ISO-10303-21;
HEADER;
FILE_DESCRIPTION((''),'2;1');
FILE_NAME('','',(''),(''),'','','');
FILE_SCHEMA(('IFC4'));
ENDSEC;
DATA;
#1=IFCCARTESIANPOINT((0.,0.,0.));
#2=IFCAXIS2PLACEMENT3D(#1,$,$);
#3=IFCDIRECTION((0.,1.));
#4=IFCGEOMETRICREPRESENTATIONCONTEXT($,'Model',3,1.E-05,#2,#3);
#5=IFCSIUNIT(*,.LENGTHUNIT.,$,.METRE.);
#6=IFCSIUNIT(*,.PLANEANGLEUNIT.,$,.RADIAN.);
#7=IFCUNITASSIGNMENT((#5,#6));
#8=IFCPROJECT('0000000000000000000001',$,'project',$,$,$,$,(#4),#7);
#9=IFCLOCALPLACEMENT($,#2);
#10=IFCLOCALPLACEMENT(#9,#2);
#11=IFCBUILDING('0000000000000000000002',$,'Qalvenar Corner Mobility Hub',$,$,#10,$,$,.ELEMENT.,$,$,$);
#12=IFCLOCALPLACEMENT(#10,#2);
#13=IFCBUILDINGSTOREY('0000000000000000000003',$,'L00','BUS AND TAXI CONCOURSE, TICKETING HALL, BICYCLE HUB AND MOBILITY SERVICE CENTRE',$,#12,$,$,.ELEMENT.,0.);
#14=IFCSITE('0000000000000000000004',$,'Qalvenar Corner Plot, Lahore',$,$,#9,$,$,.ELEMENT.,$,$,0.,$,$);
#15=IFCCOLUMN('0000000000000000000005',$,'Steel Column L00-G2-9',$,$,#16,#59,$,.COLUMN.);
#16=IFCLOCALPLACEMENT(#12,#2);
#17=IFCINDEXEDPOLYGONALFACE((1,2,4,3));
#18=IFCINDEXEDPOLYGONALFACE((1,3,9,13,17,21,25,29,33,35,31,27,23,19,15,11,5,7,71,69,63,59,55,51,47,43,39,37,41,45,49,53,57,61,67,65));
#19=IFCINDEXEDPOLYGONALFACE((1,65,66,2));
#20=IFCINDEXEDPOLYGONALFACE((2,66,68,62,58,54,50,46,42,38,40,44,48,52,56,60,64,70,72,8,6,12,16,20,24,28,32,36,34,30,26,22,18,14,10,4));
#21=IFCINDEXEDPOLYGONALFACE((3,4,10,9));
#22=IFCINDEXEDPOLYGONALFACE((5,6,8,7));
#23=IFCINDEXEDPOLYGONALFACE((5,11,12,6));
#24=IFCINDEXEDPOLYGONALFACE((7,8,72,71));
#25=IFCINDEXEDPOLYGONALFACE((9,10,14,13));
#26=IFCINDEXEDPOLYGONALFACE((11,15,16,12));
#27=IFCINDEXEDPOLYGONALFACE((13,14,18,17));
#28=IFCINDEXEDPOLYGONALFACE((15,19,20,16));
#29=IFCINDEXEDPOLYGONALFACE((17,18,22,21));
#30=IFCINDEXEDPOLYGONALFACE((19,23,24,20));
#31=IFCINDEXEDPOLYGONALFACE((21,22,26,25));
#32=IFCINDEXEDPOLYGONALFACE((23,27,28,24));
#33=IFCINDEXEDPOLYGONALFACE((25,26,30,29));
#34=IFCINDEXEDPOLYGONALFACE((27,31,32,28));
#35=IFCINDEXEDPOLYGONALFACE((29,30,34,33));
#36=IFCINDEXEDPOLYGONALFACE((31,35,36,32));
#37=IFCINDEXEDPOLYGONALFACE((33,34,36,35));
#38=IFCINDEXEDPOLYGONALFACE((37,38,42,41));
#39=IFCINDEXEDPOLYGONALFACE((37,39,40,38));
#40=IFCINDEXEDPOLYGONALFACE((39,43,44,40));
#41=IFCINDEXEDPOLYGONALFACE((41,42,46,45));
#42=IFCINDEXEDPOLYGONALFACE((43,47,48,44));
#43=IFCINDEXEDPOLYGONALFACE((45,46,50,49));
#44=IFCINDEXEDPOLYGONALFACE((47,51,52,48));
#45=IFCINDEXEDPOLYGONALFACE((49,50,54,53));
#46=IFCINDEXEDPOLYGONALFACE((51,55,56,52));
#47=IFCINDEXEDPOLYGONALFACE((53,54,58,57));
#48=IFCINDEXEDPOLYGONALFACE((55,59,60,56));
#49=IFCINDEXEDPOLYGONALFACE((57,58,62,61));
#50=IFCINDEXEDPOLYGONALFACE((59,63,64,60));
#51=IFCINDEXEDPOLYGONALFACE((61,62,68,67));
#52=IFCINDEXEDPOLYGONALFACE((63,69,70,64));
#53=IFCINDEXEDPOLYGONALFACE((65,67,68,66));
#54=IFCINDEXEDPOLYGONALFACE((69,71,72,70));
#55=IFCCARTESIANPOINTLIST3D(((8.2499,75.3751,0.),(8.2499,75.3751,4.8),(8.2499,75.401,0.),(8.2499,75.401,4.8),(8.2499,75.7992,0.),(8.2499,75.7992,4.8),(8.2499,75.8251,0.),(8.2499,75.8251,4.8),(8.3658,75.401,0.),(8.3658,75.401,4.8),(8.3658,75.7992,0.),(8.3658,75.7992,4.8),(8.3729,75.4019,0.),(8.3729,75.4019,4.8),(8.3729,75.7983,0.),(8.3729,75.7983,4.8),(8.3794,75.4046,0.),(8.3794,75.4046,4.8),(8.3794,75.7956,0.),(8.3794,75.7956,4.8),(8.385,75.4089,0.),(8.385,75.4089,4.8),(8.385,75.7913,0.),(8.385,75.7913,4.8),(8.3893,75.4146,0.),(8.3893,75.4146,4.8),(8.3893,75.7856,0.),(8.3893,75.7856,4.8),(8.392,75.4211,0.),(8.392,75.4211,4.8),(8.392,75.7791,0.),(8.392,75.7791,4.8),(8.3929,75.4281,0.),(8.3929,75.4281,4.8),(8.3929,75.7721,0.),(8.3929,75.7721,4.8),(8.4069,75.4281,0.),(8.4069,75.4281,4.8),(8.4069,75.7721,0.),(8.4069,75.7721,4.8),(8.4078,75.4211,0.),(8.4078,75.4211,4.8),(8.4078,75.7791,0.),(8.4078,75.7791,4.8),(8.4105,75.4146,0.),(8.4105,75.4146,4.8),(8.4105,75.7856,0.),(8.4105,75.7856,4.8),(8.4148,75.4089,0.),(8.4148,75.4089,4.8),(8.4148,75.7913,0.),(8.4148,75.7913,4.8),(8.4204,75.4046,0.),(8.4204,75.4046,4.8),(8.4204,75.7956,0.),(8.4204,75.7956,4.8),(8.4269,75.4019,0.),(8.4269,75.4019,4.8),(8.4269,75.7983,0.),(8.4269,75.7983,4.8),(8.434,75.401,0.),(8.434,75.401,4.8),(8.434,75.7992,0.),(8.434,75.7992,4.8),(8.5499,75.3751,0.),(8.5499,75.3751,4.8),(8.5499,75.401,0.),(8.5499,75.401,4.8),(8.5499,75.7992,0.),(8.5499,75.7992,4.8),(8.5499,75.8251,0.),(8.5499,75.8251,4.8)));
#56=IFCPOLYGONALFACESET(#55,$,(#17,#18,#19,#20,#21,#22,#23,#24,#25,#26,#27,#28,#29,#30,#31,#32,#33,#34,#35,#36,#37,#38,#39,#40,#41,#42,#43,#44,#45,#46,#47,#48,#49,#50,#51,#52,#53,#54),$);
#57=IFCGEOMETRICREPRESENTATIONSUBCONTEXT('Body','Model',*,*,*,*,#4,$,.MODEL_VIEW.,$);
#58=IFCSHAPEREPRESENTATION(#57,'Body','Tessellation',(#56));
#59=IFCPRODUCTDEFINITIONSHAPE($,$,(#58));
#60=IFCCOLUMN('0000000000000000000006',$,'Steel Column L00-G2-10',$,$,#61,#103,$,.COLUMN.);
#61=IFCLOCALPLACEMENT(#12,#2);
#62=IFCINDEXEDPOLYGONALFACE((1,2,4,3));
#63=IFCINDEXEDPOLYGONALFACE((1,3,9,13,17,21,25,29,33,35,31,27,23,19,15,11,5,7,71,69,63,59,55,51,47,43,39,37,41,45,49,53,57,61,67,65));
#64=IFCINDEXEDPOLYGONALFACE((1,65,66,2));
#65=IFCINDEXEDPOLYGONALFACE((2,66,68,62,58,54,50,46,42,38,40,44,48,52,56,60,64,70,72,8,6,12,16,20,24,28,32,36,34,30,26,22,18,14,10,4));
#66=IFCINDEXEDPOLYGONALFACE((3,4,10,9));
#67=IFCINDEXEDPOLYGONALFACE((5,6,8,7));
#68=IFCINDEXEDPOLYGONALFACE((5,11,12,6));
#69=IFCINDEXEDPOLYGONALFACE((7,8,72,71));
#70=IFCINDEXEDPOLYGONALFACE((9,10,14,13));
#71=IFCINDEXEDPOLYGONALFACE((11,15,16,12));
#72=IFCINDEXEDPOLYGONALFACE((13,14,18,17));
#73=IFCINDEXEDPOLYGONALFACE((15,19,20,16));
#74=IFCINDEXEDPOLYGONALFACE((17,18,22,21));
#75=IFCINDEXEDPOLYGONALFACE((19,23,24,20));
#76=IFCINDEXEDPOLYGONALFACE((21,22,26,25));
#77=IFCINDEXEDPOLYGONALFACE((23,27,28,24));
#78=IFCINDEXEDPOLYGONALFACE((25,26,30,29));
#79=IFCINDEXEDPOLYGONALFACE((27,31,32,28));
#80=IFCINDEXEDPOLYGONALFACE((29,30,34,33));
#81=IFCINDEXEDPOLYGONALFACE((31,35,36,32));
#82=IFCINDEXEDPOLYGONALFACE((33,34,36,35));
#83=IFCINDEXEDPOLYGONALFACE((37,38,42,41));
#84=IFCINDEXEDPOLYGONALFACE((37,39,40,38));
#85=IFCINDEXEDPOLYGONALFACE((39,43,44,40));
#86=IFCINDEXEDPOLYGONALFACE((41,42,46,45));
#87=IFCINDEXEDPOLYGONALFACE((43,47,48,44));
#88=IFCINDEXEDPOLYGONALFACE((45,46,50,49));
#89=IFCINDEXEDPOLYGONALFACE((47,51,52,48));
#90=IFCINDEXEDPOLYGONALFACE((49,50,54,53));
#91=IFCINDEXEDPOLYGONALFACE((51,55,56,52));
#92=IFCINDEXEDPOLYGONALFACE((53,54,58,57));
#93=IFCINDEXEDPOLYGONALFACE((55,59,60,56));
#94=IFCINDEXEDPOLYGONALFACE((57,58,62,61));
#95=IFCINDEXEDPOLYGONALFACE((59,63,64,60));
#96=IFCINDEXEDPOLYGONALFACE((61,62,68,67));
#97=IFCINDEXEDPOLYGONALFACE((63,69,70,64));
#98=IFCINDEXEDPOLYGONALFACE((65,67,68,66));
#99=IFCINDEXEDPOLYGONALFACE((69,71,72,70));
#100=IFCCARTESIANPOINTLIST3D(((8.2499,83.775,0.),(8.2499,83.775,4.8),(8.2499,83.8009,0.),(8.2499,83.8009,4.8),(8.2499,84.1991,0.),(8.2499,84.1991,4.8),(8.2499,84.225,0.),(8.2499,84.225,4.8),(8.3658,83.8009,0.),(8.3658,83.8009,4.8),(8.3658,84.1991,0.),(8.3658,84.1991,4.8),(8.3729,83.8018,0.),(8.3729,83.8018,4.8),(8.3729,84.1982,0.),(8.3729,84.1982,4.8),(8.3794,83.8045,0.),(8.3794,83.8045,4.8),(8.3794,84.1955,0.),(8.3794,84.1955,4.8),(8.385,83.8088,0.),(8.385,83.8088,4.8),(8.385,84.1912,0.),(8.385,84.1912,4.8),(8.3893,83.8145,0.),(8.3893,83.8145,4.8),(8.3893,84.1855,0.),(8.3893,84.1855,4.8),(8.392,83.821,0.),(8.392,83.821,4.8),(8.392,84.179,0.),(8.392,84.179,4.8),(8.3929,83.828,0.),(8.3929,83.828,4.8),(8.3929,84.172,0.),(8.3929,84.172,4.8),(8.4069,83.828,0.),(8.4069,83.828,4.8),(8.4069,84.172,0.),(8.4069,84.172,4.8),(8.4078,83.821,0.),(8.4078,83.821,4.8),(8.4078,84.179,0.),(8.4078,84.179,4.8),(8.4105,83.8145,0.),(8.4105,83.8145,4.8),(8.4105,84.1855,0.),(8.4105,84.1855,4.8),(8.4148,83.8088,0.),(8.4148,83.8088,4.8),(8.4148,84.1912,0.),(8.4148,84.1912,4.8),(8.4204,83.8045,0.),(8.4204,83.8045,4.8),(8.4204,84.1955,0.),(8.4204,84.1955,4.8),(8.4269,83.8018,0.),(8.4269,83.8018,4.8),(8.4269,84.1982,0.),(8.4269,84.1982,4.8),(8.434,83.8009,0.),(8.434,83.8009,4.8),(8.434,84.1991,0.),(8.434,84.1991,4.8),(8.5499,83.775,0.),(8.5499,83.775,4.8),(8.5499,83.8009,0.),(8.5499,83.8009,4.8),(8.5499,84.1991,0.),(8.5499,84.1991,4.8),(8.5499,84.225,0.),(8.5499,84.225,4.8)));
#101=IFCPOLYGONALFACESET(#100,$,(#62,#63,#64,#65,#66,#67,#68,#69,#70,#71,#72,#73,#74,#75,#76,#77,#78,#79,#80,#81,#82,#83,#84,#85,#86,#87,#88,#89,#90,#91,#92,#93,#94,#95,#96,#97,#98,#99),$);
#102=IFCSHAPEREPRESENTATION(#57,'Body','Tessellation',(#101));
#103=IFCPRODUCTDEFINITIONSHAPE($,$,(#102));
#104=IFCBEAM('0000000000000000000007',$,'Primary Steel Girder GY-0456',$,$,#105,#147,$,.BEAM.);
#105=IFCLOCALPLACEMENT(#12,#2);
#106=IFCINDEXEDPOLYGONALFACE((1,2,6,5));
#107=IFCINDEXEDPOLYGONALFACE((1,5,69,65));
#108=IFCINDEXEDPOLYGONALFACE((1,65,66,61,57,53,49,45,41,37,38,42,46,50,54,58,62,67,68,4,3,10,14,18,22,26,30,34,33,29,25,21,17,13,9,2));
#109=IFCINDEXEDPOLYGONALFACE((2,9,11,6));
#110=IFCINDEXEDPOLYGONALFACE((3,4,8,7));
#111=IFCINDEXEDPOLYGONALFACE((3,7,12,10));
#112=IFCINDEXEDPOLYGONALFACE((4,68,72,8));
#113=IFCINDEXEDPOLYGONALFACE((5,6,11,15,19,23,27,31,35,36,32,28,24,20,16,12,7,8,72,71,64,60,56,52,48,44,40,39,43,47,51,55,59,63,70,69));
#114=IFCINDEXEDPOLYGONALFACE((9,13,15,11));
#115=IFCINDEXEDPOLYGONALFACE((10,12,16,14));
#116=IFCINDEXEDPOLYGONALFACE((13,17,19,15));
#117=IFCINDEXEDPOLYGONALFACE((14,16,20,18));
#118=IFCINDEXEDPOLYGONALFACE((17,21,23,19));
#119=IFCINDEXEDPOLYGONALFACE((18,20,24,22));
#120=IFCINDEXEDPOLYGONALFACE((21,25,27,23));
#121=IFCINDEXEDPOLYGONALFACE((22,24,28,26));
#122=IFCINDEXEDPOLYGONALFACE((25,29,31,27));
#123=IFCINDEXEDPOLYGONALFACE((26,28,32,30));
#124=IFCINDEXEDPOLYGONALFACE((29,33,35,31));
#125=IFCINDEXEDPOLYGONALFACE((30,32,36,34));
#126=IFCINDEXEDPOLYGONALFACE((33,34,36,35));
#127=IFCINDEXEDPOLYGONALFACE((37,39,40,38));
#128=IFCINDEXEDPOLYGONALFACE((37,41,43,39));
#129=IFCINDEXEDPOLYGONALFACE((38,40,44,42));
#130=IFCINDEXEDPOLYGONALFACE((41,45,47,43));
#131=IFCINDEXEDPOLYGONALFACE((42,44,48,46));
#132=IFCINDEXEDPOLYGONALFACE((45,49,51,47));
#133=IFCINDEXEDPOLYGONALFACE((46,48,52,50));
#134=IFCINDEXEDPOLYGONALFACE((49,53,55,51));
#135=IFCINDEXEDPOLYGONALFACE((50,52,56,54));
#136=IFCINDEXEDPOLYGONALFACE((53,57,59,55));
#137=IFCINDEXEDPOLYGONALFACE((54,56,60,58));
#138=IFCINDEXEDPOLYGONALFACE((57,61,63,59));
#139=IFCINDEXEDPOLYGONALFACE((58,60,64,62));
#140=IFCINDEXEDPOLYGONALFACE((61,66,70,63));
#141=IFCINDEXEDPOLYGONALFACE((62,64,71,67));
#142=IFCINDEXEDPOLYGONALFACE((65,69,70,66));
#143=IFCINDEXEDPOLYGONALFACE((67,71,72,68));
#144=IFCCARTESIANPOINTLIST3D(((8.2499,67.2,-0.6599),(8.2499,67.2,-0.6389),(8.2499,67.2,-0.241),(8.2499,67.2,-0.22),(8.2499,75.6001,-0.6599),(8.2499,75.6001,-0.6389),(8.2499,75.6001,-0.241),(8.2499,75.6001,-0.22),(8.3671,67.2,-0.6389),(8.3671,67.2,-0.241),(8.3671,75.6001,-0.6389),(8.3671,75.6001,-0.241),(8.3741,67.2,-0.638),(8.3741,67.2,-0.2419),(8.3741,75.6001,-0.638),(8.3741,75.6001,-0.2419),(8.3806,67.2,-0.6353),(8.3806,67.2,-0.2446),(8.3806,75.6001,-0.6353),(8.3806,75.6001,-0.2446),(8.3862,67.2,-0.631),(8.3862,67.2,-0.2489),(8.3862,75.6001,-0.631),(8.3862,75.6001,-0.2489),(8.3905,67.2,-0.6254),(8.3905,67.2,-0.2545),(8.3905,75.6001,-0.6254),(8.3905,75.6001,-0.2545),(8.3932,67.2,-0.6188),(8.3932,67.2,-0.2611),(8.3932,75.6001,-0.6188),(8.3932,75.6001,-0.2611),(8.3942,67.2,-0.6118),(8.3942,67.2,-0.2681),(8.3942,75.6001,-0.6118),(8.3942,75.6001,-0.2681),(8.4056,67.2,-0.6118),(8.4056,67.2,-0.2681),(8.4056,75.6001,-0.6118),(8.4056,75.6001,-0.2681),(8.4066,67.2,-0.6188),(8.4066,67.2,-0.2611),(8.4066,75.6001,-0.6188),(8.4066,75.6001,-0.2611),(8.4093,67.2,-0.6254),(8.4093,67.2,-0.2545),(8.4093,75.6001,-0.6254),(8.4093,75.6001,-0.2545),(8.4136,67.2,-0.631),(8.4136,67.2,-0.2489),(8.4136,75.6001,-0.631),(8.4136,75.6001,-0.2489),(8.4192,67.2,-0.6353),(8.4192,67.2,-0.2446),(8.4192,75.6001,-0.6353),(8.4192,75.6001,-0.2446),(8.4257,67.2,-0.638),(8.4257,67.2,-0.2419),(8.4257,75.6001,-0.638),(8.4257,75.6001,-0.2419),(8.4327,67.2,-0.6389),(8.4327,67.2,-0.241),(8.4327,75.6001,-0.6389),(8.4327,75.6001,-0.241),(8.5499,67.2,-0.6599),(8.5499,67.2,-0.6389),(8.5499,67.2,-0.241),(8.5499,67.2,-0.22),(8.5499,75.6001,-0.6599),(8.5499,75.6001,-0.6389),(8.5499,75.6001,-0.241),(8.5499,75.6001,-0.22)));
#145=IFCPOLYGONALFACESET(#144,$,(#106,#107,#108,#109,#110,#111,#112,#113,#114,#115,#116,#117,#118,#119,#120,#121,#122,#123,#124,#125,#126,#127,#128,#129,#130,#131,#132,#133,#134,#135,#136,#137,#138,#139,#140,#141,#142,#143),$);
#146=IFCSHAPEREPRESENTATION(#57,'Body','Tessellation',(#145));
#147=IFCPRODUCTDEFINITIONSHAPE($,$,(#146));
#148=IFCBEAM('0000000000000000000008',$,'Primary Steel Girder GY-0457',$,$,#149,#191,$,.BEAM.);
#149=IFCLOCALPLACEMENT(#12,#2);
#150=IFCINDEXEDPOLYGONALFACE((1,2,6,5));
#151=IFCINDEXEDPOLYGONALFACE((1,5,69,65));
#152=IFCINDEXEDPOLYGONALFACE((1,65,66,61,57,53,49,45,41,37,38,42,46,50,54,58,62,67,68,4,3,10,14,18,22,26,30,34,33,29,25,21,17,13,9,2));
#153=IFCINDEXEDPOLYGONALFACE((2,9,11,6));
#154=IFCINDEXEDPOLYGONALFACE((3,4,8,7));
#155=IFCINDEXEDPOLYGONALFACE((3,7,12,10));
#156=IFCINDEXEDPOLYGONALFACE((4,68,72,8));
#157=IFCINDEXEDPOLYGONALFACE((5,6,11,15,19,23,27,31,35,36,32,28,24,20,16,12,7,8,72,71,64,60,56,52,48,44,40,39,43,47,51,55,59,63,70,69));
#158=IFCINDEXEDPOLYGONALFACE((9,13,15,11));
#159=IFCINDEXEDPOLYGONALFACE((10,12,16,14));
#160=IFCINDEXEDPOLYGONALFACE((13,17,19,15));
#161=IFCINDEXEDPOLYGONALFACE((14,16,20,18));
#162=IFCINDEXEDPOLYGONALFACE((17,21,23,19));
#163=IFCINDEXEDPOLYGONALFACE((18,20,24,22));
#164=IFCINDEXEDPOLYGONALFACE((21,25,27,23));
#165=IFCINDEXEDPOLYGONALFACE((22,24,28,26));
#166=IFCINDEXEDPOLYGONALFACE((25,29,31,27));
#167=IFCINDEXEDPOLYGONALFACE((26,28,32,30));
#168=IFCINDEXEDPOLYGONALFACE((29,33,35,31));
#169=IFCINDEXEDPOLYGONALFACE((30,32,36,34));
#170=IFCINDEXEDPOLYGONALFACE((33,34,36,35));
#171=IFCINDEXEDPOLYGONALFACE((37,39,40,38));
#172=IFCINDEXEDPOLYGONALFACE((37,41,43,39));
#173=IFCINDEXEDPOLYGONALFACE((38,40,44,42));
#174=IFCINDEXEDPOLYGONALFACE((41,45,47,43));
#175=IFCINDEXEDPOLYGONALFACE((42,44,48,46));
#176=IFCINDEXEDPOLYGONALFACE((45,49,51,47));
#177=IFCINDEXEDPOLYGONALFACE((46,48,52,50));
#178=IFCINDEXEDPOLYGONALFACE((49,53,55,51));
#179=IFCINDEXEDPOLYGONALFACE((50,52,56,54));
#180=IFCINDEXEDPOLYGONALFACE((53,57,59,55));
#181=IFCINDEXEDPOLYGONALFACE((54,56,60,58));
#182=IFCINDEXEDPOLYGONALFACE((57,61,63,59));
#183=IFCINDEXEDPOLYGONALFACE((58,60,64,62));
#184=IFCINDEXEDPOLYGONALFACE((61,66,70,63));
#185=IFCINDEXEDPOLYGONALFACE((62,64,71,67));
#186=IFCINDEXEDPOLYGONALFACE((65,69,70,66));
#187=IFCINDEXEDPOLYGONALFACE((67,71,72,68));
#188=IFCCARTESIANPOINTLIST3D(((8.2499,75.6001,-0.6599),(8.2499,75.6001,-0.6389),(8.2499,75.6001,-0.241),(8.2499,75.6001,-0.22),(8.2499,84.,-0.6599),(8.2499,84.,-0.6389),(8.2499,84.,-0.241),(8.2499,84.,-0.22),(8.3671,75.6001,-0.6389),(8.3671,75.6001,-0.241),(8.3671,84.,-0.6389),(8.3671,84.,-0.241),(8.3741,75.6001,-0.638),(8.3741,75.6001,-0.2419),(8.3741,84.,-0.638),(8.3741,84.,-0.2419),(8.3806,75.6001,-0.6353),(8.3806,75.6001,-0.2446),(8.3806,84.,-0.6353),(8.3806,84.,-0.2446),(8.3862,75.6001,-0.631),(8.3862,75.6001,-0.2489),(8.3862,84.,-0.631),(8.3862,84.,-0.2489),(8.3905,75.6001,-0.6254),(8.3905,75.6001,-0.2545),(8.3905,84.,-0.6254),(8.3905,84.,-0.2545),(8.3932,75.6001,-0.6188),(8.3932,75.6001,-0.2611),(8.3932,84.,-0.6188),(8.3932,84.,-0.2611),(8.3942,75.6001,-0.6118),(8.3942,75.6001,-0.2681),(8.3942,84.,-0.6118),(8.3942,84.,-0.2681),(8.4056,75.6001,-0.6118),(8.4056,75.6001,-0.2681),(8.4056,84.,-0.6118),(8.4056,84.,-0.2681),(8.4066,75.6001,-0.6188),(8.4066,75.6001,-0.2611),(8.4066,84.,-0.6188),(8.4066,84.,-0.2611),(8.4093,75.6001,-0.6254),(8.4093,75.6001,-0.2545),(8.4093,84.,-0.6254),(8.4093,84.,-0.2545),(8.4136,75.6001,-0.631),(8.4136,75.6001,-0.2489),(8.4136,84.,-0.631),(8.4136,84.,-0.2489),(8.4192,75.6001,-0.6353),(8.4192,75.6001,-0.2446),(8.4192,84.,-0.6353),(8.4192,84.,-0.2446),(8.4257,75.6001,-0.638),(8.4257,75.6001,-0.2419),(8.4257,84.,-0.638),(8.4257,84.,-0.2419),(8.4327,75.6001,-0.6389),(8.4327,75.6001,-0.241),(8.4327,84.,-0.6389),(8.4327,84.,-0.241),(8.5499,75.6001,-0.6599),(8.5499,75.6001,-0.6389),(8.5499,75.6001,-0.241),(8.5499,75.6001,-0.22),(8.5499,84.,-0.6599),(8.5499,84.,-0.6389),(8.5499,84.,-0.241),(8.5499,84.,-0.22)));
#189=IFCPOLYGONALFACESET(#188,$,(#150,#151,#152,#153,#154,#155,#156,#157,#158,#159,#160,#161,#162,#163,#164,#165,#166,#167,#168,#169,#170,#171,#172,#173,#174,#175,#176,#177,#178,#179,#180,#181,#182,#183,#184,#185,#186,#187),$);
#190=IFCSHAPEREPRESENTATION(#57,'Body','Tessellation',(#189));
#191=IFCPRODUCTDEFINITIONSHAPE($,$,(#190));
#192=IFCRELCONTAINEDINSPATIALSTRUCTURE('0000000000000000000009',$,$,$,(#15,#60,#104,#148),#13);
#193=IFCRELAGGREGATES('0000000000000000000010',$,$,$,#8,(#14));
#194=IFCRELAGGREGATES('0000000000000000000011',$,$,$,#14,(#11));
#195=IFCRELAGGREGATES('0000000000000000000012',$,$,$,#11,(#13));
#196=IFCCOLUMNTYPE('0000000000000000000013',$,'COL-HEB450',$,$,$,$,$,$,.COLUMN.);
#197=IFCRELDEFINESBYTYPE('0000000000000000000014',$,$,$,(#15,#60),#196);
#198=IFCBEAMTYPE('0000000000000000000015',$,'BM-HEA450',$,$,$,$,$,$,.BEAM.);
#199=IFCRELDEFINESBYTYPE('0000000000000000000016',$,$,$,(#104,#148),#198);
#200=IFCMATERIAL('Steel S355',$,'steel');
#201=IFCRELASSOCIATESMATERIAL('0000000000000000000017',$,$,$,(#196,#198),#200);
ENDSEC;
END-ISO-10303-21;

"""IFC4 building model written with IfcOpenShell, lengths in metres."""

from ifc_helpers import new_model, si_unit, direction, frame, origin, origin_2d, place, context, subcontext, project, spatial, i_section, extrude, material, material_profile, profile_set, type_object, element, save


model = new_model("IFC4")

# Units and contexts
model_context = context("Model", 3, precision=1e-05, world=origin(), true_north=direction((0.0, 1.0)))
body_context = subcontext(model_context, "Body", "Model", "MODEL_VIEW")
ifc_project = project(units=[si_unit("LENGTHUNIT", "METRE"), si_unit("PLANEANGLEUNIT", "RADIAN")], contexts=[model_context])

# Site, building, storey
site_placement = place(None, origin())
site = spatial("IfcSite", under=ifc_project, at=site_placement, Name="Qalvenar Corner Plot, Lahore", CompositionType="ELEMENT", RefElevation=0.0)
building_placement = place(site_placement, origin())
building = spatial("IfcBuilding", under=site, at=building_placement, Name="Qalvenar Corner Mobility Hub", CompositionType="ELEMENT")
storey_placement = place(building_placement, origin())
storey = spatial("IfcBuildingStorey", under=building, at=storey_placement, Name="L00", Description="BUS AND TAXI CONCOURSE, TICKETING HALL, BICYCLE HUB AND MOBILITY SERVICE CENTRE", CompositionType="ELEMENT", Elevation=0.0)

# Columns
ifc_material_1 = material(Name="Steel S355", Category="steel")
ifc_material_profile_1 = material_profile(ifc_material_1, i_section(OverallWidth=0.3, OverallDepth=0.45, WebThickness=0.0139, FlangeThickness=0.0259, FilletRadius=0.0271, at=origin_2d()), Name="HEB450")
ifc_profile_set_1 = profile_set([ifc_material_profile_1], Name="Steel S355")
column_type = type_object("IfcColumnType", Name="COL-HEB450", PredefinedType="COLUMN", material=ifc_profile_set_1)
for number, where, z_axis, x_axis, name in (
    (1, (8.3999, 75.6001, 0.0), (0.0, 0.0, 1.0), (1.0, 0.0, 0.0), "Steel Column L00-G2-9"),
    (2, (8.3999, 84.0, 0.0), (0.0, 0.0, 1.0), (1.0, 0.0, 0.0), "Steel Column L00-G2-10"),
):
    element("IfcColumn", number, at=place(storey_placement, frame(where, z_axis=z_axis, x_axis=x_axis)), inside=storey, type_object=column_type, Name=name, PredefinedType="COLUMN", context=body_context, shape_type="SweptSolid", body=[
        extrude(i_section(OverallWidth=0.3, OverallDepth=0.45, WebThickness=0.0139, FlangeThickness=0.0259, FilletRadius=0.0271, at=origin_2d()), origin(), (0.0, 0.0, 1.0), 4.8),
    ])

# Beams
ifc_material_profile_2 = material_profile(ifc_material_1, i_section(OverallWidth=0.3, OverallDepth=0.4399, WebThickness=0.0115, FlangeThickness=0.021, FilletRadius=0.0271, at=origin_2d()), Name="HEA450")
ifc_profile_set_2 = profile_set([ifc_material_profile_2], Name="Steel S355")
beam_type_1 = type_object("IfcBeamType", Name="BM-HEA450", PredefinedType="BEAM", material=ifc_profile_set_2)
beam_1_placement = place(storey_placement, frame((8.3999, 67.2, -0.4399), z_axis=(0.0, 1.0, 0.0), x_axis=(-1.0, 0.0, 0.0)))
element("IfcBeam", 3, at=beam_1_placement, inside=storey, type_object=beam_type_1, Name="Primary Steel Girder GY-0456", PredefinedType="BEAM", context=body_context, shape_type="SweptSolid", body=[
    extrude(i_section(OverallWidth=0.3, OverallDepth=0.4399, WebThickness=0.0115, FlangeThickness=0.021, FilletRadius=0.0271, at=origin_2d()), origin(), (0.0, 0.0, 1.0), 8.4001),
])
beam_2_placement = place(storey_placement, frame((8.3999, 75.6001, -0.4399), z_axis=(0.0, 1.0, 0.0), x_axis=(-1.0, 0.0, 0.0)))
element("IfcBeam", 4, at=beam_2_placement, inside=storey, type_object=beam_type_1, Name="Primary Steel Girder GY-0457", PredefinedType="BEAM", context=body_context, shape_type="SweptSolid", body=[
    extrude(i_section(OverallWidth=0.3, OverallDepth=0.4399, WebThickness=0.0115, FlangeThickness=0.021, FilletRadius=0.0271, at=origin_2d()), origin(), (0.0, 0.0, 1.0), 8.3999),
])

save(model, "model.ifc")
